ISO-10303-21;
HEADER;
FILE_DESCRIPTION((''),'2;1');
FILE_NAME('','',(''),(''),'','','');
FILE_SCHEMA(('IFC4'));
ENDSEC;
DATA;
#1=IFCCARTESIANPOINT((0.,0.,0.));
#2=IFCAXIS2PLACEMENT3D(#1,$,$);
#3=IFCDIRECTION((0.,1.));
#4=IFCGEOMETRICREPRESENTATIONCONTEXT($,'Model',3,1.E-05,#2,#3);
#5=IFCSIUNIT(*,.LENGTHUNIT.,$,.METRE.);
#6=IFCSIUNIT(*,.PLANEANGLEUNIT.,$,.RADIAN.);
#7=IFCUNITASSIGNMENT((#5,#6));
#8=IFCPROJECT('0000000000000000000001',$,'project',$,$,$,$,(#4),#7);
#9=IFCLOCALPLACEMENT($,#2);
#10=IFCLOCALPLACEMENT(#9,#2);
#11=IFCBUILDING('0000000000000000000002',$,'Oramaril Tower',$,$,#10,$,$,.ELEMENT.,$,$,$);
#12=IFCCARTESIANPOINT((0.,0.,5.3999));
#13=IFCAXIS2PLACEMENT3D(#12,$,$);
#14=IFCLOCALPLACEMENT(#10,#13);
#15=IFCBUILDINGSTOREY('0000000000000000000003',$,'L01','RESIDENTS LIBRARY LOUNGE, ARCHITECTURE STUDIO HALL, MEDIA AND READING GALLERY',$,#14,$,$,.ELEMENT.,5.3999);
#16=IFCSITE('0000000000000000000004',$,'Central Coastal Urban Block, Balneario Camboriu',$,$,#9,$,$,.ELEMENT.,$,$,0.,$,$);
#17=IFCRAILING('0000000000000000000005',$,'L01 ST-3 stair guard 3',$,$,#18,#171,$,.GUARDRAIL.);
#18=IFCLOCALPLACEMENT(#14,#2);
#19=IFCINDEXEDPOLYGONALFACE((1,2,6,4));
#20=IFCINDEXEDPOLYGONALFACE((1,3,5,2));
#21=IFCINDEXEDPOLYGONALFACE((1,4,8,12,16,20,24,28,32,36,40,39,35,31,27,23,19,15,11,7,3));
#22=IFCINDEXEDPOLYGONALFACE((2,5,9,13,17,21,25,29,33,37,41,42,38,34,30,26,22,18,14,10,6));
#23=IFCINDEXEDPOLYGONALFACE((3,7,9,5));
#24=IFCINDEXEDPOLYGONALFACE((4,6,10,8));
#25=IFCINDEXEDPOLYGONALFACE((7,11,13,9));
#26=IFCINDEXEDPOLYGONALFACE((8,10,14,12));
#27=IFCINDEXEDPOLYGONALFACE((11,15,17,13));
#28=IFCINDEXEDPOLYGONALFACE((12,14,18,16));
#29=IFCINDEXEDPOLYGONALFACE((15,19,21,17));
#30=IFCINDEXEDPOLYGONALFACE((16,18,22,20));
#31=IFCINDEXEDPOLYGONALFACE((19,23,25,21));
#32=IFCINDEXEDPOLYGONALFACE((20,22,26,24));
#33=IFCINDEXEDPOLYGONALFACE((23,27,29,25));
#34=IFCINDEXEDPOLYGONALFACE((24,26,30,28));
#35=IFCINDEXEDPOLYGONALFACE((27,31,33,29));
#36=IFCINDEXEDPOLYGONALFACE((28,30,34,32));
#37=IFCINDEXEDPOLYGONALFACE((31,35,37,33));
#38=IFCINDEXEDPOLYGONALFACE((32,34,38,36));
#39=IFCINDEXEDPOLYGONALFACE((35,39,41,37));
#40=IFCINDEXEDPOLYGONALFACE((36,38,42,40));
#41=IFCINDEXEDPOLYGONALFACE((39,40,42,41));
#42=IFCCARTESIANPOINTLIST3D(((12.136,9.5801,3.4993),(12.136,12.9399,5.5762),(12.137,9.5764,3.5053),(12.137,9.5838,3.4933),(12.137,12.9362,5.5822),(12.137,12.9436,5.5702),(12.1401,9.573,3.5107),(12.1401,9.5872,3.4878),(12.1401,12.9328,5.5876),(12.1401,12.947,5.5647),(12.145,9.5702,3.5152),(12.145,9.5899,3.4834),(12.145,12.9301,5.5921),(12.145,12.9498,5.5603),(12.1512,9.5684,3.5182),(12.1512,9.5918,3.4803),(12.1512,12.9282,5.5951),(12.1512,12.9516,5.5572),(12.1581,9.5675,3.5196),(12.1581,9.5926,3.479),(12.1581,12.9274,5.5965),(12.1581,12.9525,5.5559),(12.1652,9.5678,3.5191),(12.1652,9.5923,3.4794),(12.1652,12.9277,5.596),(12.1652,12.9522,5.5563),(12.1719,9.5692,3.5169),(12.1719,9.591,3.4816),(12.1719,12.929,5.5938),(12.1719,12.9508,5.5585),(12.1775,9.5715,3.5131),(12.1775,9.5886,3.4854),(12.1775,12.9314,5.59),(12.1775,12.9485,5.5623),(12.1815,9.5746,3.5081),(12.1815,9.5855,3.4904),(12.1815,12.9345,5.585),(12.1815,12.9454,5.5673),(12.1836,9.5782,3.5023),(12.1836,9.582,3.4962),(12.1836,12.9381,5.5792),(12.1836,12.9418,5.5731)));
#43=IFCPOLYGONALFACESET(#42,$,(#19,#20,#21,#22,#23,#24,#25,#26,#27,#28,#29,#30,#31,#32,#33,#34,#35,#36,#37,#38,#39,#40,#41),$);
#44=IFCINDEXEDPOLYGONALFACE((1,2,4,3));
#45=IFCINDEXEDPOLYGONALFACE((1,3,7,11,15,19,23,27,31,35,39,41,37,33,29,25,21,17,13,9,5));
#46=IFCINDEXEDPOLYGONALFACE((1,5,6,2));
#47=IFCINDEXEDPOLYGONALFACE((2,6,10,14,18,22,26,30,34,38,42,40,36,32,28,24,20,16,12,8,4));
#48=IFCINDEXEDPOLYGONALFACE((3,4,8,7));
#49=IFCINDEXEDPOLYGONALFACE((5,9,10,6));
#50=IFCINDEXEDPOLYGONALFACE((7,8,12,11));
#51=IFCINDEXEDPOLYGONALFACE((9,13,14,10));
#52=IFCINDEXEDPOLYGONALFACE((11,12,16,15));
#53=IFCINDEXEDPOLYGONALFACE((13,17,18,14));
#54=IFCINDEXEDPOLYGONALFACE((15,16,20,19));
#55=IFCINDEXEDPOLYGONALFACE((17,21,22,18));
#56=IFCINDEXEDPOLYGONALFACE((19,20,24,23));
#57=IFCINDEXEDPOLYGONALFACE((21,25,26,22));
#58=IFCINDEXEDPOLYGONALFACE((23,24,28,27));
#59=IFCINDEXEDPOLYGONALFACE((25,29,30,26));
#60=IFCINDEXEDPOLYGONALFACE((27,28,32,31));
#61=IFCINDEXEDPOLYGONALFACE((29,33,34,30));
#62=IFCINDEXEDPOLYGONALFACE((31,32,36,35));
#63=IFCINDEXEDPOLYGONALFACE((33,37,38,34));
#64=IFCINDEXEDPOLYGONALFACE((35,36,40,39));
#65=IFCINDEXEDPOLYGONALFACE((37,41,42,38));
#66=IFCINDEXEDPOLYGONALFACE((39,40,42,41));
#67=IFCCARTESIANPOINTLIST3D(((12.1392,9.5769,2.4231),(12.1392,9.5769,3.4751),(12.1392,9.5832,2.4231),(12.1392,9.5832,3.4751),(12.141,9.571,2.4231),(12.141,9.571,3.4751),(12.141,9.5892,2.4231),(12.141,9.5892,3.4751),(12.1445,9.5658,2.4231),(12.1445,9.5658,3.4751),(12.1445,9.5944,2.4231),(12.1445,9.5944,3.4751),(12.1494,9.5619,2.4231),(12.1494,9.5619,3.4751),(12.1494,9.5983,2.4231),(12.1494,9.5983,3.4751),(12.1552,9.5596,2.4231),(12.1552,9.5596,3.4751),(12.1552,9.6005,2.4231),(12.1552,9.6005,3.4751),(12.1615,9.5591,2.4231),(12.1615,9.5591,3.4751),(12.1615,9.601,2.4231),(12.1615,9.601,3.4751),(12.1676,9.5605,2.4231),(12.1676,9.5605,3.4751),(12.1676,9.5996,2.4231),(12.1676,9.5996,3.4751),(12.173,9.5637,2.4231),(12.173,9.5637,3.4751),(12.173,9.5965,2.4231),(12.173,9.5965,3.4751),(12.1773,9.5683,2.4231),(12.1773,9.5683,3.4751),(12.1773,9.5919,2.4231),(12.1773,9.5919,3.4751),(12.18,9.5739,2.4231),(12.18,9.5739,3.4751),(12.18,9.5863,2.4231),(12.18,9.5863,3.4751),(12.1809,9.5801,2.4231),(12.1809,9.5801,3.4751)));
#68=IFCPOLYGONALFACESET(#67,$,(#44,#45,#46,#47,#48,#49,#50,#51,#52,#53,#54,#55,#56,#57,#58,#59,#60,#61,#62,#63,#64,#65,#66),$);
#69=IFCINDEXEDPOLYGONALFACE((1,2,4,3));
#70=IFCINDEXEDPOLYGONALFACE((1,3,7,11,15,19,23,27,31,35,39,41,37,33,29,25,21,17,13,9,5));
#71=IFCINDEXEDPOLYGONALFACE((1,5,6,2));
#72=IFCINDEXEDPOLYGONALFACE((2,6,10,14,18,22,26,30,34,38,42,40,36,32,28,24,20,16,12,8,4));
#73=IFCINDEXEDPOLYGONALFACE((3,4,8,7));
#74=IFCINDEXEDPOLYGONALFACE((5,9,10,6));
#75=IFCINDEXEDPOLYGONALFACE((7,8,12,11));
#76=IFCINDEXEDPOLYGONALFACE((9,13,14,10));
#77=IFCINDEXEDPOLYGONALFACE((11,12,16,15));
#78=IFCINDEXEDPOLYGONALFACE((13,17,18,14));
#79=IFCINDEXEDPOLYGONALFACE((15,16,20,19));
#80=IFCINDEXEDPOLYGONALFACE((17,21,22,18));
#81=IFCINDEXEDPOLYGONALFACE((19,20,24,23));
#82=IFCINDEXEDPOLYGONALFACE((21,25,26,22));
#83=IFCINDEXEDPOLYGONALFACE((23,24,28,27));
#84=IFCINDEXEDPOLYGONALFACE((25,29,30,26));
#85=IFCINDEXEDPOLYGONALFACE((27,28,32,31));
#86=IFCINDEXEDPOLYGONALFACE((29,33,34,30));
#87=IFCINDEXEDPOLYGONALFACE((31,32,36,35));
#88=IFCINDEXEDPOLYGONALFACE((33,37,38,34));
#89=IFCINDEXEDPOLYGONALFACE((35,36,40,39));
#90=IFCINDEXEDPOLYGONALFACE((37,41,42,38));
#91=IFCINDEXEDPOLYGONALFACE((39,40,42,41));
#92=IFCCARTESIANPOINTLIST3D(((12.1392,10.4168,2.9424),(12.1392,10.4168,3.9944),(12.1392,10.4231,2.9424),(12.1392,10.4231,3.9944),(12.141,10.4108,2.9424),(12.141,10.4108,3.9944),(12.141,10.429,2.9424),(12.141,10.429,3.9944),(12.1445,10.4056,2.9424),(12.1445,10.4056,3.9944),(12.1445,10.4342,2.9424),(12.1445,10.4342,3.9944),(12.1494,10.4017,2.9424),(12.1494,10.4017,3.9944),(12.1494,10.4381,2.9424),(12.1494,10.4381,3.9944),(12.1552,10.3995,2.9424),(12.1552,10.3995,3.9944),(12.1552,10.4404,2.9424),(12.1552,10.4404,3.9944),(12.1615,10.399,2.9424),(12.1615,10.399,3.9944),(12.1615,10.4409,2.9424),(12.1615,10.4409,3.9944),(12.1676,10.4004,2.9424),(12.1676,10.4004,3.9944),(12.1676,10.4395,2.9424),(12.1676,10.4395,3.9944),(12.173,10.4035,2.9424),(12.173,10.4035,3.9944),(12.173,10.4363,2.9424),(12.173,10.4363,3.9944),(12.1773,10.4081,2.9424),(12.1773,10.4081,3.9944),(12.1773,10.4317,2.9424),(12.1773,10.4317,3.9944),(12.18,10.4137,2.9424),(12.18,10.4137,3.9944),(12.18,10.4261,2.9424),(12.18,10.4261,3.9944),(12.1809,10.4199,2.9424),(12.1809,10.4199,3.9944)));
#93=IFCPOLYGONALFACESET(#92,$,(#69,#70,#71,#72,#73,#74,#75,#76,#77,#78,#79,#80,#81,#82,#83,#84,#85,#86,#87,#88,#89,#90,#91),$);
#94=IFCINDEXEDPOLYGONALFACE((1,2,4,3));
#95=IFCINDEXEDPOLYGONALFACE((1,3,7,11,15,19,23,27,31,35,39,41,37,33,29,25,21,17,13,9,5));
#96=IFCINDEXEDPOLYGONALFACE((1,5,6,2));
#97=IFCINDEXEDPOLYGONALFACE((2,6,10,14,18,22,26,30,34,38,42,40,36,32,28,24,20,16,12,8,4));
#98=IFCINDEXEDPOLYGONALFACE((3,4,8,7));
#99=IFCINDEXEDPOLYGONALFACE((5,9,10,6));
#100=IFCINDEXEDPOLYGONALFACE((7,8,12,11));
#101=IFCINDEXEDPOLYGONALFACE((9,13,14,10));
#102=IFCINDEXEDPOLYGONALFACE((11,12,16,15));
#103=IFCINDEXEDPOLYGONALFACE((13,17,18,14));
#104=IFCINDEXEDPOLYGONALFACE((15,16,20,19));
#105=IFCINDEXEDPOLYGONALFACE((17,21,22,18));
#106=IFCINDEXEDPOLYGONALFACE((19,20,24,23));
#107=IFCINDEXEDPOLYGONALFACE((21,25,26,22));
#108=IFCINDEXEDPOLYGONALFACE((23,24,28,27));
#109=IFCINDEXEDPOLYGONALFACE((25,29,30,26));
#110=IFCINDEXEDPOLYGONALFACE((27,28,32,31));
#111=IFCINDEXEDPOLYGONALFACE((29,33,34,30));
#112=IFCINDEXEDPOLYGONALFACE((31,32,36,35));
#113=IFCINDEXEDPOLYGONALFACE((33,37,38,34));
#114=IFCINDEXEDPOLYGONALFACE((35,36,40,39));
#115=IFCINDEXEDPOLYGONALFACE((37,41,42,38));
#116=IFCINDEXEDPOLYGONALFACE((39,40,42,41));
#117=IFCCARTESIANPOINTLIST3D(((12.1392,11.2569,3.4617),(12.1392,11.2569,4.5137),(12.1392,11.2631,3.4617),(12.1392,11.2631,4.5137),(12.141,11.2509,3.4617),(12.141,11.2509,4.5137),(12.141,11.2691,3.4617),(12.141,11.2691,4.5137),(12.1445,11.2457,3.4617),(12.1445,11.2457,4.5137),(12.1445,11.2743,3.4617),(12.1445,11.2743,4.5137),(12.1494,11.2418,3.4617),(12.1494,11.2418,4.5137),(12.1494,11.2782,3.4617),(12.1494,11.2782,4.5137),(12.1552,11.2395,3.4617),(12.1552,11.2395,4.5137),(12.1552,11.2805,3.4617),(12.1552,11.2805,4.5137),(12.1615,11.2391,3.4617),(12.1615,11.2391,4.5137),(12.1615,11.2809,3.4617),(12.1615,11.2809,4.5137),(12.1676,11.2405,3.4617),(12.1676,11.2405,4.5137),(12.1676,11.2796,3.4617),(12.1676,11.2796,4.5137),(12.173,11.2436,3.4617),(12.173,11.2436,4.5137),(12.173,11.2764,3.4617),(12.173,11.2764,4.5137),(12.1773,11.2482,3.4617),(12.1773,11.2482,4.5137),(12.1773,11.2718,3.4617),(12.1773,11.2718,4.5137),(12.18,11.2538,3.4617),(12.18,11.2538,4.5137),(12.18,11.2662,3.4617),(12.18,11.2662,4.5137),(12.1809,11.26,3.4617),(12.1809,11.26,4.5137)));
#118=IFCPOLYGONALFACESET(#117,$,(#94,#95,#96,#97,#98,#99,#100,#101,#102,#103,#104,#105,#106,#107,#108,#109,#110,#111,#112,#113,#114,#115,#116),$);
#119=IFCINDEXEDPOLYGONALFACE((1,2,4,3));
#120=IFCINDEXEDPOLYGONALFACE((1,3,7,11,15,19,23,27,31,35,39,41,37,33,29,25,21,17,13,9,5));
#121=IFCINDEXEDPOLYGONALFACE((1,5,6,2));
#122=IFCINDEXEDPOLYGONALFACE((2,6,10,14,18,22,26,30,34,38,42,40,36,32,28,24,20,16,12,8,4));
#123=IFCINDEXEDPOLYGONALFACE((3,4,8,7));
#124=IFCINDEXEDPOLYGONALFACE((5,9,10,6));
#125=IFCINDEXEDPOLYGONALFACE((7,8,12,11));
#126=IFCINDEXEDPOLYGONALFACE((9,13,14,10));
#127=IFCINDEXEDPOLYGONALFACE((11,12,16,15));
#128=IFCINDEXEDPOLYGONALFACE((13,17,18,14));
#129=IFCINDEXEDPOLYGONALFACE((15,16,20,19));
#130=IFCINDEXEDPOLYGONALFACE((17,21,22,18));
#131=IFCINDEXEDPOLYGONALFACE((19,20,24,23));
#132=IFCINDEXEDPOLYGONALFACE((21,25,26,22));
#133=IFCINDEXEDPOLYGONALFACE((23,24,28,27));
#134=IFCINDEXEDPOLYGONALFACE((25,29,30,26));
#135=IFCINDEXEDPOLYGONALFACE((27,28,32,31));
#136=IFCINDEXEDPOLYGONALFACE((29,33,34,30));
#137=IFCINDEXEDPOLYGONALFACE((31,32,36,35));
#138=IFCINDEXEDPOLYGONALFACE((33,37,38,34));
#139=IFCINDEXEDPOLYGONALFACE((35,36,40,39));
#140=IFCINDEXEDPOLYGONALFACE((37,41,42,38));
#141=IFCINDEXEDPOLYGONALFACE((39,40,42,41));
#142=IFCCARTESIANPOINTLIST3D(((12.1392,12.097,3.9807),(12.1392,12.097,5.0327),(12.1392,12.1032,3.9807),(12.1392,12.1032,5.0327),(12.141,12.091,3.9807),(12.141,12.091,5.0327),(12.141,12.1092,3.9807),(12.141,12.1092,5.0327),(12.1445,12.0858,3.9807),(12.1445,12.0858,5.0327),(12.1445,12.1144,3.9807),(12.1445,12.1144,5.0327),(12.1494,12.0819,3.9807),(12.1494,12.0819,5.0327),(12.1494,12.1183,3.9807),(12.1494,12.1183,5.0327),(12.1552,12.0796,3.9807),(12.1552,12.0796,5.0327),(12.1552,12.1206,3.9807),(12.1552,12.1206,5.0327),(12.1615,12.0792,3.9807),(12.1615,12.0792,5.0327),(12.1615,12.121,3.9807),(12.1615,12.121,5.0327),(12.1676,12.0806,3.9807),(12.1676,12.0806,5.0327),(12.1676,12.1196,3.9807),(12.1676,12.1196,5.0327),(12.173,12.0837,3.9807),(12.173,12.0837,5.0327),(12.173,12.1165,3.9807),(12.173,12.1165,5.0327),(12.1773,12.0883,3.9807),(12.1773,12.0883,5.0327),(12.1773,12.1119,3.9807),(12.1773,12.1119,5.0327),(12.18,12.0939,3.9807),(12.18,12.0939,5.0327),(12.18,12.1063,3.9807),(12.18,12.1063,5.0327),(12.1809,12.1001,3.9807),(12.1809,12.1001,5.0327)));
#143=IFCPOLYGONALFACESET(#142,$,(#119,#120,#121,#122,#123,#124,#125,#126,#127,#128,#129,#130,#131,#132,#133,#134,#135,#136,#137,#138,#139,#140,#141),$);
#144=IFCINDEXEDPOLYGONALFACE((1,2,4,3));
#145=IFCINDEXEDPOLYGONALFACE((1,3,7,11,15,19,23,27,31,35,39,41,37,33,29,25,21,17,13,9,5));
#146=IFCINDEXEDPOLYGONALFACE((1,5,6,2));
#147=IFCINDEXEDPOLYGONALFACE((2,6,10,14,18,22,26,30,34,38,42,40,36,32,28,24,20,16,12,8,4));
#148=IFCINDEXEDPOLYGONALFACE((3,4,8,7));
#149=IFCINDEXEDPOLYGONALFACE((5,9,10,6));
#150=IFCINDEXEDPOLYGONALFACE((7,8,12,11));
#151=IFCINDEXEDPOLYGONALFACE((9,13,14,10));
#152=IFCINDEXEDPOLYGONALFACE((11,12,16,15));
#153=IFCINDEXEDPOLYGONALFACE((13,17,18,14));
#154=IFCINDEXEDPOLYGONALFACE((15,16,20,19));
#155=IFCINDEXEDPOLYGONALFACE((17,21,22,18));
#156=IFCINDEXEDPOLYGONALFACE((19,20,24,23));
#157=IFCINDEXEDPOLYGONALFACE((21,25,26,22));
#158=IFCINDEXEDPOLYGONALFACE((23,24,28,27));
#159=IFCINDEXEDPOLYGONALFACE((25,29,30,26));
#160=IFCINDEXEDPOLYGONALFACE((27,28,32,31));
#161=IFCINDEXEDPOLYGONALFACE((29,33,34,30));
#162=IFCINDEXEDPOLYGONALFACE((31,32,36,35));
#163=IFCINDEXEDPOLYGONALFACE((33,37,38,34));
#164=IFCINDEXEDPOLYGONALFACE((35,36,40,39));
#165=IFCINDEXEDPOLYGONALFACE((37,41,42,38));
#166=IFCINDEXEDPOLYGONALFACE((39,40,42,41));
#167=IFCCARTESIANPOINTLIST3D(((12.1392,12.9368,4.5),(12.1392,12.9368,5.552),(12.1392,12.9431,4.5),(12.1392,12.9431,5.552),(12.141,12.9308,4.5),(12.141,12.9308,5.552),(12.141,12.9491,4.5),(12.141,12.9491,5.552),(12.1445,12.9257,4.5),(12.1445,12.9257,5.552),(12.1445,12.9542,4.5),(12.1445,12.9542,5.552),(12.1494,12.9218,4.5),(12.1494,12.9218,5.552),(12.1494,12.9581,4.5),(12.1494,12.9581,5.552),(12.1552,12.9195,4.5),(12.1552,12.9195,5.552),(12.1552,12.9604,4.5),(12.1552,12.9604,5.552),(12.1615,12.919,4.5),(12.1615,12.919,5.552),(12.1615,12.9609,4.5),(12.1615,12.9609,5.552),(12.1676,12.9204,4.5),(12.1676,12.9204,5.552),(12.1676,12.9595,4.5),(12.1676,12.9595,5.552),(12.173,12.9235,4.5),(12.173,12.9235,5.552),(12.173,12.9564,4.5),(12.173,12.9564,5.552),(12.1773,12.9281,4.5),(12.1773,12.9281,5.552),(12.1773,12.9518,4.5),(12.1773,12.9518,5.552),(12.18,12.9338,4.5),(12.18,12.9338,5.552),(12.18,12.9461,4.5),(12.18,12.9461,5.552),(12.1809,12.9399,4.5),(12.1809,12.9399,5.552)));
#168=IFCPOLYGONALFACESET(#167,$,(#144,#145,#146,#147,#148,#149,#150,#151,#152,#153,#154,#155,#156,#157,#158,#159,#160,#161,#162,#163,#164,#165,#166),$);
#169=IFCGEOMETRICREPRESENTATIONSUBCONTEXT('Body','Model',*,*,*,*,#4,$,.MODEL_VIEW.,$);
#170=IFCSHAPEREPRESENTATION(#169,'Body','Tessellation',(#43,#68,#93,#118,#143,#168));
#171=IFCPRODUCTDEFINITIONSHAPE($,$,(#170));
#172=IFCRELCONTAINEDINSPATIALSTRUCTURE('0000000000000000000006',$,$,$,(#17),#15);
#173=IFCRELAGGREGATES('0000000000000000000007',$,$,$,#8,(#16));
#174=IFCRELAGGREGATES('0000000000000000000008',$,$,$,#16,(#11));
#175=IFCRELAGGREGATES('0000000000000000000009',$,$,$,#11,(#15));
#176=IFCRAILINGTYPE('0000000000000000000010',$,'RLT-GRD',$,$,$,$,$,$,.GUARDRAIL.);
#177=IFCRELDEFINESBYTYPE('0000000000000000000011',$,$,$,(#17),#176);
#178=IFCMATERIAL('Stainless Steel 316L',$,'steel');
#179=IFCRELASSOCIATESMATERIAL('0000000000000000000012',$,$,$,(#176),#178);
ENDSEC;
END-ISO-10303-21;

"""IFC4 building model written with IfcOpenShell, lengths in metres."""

from ifc_helpers import new_model, si_unit, direction, frame, origin, origin_2d, place, context, subcontext, project, spatial, circle, extrude, material, type_object, element, save


model = new_model("IFC4")

# Units and contexts
model_context = context("Model", 3, precision=1e-05, world=origin(), true_north=direction((0.0, 1.0)))
body_context = subcontext(model_context, "Body", "Model", "MODEL_VIEW")
ifc_project = project(units=[si_unit("LENGTHUNIT", "METRE"), si_unit("PLANEANGLEUNIT", "RADIAN")], contexts=[model_context])

# Site, building, storey
site_placement = place(None, origin())
site = spatial("IfcSite", under=ifc_project, at=site_placement, Name="Central Coastal Urban Block, Balneario Camboriu", CompositionType="ELEMENT", RefElevation=0.0)
building_placement = place(site_placement, origin())
building = spatial("IfcBuilding", under=site, at=building_placement, Name="Oramaril Tower", CompositionType="ELEMENT")
storey_placement = place(building_placement, frame((0.0, 0.0, 5.3999)))
storey = spatial("IfcBuildingStorey", under=building, at=storey_placement, Name="L01", Description="RESIDENTS LIBRARY LOUNGE, ARCHITECTURE STUDIO HALL, MEDIA AND READING GALLERY", CompositionType="ELEMENT", Elevation=5.3999)

# Railing
ifc_material_1 = material(Name="Stainless Steel 316L", Category="steel")
railing_type_1 = type_object("IfcRailingType", Name="RLT-GRD", PredefinedType="GUARDRAIL", material=ifc_material_1)
railing_1_placement = place(storey_placement, frame((12.1599, 9.5801, 2.4231)))
element("IfcRailing", 1, at=railing_1_placement, inside=storey, type_object=railing_type_1, Name="L01 ST-3 stair guard 3", PredefinedType="GUARDRAIL", context=body_context, shape_type="SweptSolid", body=[
    extrude(circle(Radius=0.0239, at=origin_2d()), frame((0.0, 0.0, 1.0762), z_axis=(0.0, 0.850606, 0.525803), x_axis=(-1.0, 0.0, 0.0)), (0.0, 0.0, 1.0), 3.95),
    extrude(circle(Radius=0.021, at=origin_2d()), origin(), (0.0, 0.0, 1.0), 1.052),
    extrude(circle(Radius=0.021, at=origin_2d()), frame((0.0, 0.8398, 0.5193)), (0.0, 0.0, 1.0), 1.052),
    extrude(circle(Radius=0.021, at=origin_2d()), frame((0.0, 1.6799, 1.0386)), (0.0, 0.0, 1.0), 1.052),
    extrude(circle(Radius=0.021, at=origin_2d()), frame((0.0, 2.52, 1.5576)), (0.0, 0.0, 1.0), 1.052),
    extrude(circle(Radius=0.021, at=origin_2d()), frame((0.0, 3.3599, 2.0769)), (0.0, 0.0, 1.0), 1.052),
])

save(model, "model.ifc")
